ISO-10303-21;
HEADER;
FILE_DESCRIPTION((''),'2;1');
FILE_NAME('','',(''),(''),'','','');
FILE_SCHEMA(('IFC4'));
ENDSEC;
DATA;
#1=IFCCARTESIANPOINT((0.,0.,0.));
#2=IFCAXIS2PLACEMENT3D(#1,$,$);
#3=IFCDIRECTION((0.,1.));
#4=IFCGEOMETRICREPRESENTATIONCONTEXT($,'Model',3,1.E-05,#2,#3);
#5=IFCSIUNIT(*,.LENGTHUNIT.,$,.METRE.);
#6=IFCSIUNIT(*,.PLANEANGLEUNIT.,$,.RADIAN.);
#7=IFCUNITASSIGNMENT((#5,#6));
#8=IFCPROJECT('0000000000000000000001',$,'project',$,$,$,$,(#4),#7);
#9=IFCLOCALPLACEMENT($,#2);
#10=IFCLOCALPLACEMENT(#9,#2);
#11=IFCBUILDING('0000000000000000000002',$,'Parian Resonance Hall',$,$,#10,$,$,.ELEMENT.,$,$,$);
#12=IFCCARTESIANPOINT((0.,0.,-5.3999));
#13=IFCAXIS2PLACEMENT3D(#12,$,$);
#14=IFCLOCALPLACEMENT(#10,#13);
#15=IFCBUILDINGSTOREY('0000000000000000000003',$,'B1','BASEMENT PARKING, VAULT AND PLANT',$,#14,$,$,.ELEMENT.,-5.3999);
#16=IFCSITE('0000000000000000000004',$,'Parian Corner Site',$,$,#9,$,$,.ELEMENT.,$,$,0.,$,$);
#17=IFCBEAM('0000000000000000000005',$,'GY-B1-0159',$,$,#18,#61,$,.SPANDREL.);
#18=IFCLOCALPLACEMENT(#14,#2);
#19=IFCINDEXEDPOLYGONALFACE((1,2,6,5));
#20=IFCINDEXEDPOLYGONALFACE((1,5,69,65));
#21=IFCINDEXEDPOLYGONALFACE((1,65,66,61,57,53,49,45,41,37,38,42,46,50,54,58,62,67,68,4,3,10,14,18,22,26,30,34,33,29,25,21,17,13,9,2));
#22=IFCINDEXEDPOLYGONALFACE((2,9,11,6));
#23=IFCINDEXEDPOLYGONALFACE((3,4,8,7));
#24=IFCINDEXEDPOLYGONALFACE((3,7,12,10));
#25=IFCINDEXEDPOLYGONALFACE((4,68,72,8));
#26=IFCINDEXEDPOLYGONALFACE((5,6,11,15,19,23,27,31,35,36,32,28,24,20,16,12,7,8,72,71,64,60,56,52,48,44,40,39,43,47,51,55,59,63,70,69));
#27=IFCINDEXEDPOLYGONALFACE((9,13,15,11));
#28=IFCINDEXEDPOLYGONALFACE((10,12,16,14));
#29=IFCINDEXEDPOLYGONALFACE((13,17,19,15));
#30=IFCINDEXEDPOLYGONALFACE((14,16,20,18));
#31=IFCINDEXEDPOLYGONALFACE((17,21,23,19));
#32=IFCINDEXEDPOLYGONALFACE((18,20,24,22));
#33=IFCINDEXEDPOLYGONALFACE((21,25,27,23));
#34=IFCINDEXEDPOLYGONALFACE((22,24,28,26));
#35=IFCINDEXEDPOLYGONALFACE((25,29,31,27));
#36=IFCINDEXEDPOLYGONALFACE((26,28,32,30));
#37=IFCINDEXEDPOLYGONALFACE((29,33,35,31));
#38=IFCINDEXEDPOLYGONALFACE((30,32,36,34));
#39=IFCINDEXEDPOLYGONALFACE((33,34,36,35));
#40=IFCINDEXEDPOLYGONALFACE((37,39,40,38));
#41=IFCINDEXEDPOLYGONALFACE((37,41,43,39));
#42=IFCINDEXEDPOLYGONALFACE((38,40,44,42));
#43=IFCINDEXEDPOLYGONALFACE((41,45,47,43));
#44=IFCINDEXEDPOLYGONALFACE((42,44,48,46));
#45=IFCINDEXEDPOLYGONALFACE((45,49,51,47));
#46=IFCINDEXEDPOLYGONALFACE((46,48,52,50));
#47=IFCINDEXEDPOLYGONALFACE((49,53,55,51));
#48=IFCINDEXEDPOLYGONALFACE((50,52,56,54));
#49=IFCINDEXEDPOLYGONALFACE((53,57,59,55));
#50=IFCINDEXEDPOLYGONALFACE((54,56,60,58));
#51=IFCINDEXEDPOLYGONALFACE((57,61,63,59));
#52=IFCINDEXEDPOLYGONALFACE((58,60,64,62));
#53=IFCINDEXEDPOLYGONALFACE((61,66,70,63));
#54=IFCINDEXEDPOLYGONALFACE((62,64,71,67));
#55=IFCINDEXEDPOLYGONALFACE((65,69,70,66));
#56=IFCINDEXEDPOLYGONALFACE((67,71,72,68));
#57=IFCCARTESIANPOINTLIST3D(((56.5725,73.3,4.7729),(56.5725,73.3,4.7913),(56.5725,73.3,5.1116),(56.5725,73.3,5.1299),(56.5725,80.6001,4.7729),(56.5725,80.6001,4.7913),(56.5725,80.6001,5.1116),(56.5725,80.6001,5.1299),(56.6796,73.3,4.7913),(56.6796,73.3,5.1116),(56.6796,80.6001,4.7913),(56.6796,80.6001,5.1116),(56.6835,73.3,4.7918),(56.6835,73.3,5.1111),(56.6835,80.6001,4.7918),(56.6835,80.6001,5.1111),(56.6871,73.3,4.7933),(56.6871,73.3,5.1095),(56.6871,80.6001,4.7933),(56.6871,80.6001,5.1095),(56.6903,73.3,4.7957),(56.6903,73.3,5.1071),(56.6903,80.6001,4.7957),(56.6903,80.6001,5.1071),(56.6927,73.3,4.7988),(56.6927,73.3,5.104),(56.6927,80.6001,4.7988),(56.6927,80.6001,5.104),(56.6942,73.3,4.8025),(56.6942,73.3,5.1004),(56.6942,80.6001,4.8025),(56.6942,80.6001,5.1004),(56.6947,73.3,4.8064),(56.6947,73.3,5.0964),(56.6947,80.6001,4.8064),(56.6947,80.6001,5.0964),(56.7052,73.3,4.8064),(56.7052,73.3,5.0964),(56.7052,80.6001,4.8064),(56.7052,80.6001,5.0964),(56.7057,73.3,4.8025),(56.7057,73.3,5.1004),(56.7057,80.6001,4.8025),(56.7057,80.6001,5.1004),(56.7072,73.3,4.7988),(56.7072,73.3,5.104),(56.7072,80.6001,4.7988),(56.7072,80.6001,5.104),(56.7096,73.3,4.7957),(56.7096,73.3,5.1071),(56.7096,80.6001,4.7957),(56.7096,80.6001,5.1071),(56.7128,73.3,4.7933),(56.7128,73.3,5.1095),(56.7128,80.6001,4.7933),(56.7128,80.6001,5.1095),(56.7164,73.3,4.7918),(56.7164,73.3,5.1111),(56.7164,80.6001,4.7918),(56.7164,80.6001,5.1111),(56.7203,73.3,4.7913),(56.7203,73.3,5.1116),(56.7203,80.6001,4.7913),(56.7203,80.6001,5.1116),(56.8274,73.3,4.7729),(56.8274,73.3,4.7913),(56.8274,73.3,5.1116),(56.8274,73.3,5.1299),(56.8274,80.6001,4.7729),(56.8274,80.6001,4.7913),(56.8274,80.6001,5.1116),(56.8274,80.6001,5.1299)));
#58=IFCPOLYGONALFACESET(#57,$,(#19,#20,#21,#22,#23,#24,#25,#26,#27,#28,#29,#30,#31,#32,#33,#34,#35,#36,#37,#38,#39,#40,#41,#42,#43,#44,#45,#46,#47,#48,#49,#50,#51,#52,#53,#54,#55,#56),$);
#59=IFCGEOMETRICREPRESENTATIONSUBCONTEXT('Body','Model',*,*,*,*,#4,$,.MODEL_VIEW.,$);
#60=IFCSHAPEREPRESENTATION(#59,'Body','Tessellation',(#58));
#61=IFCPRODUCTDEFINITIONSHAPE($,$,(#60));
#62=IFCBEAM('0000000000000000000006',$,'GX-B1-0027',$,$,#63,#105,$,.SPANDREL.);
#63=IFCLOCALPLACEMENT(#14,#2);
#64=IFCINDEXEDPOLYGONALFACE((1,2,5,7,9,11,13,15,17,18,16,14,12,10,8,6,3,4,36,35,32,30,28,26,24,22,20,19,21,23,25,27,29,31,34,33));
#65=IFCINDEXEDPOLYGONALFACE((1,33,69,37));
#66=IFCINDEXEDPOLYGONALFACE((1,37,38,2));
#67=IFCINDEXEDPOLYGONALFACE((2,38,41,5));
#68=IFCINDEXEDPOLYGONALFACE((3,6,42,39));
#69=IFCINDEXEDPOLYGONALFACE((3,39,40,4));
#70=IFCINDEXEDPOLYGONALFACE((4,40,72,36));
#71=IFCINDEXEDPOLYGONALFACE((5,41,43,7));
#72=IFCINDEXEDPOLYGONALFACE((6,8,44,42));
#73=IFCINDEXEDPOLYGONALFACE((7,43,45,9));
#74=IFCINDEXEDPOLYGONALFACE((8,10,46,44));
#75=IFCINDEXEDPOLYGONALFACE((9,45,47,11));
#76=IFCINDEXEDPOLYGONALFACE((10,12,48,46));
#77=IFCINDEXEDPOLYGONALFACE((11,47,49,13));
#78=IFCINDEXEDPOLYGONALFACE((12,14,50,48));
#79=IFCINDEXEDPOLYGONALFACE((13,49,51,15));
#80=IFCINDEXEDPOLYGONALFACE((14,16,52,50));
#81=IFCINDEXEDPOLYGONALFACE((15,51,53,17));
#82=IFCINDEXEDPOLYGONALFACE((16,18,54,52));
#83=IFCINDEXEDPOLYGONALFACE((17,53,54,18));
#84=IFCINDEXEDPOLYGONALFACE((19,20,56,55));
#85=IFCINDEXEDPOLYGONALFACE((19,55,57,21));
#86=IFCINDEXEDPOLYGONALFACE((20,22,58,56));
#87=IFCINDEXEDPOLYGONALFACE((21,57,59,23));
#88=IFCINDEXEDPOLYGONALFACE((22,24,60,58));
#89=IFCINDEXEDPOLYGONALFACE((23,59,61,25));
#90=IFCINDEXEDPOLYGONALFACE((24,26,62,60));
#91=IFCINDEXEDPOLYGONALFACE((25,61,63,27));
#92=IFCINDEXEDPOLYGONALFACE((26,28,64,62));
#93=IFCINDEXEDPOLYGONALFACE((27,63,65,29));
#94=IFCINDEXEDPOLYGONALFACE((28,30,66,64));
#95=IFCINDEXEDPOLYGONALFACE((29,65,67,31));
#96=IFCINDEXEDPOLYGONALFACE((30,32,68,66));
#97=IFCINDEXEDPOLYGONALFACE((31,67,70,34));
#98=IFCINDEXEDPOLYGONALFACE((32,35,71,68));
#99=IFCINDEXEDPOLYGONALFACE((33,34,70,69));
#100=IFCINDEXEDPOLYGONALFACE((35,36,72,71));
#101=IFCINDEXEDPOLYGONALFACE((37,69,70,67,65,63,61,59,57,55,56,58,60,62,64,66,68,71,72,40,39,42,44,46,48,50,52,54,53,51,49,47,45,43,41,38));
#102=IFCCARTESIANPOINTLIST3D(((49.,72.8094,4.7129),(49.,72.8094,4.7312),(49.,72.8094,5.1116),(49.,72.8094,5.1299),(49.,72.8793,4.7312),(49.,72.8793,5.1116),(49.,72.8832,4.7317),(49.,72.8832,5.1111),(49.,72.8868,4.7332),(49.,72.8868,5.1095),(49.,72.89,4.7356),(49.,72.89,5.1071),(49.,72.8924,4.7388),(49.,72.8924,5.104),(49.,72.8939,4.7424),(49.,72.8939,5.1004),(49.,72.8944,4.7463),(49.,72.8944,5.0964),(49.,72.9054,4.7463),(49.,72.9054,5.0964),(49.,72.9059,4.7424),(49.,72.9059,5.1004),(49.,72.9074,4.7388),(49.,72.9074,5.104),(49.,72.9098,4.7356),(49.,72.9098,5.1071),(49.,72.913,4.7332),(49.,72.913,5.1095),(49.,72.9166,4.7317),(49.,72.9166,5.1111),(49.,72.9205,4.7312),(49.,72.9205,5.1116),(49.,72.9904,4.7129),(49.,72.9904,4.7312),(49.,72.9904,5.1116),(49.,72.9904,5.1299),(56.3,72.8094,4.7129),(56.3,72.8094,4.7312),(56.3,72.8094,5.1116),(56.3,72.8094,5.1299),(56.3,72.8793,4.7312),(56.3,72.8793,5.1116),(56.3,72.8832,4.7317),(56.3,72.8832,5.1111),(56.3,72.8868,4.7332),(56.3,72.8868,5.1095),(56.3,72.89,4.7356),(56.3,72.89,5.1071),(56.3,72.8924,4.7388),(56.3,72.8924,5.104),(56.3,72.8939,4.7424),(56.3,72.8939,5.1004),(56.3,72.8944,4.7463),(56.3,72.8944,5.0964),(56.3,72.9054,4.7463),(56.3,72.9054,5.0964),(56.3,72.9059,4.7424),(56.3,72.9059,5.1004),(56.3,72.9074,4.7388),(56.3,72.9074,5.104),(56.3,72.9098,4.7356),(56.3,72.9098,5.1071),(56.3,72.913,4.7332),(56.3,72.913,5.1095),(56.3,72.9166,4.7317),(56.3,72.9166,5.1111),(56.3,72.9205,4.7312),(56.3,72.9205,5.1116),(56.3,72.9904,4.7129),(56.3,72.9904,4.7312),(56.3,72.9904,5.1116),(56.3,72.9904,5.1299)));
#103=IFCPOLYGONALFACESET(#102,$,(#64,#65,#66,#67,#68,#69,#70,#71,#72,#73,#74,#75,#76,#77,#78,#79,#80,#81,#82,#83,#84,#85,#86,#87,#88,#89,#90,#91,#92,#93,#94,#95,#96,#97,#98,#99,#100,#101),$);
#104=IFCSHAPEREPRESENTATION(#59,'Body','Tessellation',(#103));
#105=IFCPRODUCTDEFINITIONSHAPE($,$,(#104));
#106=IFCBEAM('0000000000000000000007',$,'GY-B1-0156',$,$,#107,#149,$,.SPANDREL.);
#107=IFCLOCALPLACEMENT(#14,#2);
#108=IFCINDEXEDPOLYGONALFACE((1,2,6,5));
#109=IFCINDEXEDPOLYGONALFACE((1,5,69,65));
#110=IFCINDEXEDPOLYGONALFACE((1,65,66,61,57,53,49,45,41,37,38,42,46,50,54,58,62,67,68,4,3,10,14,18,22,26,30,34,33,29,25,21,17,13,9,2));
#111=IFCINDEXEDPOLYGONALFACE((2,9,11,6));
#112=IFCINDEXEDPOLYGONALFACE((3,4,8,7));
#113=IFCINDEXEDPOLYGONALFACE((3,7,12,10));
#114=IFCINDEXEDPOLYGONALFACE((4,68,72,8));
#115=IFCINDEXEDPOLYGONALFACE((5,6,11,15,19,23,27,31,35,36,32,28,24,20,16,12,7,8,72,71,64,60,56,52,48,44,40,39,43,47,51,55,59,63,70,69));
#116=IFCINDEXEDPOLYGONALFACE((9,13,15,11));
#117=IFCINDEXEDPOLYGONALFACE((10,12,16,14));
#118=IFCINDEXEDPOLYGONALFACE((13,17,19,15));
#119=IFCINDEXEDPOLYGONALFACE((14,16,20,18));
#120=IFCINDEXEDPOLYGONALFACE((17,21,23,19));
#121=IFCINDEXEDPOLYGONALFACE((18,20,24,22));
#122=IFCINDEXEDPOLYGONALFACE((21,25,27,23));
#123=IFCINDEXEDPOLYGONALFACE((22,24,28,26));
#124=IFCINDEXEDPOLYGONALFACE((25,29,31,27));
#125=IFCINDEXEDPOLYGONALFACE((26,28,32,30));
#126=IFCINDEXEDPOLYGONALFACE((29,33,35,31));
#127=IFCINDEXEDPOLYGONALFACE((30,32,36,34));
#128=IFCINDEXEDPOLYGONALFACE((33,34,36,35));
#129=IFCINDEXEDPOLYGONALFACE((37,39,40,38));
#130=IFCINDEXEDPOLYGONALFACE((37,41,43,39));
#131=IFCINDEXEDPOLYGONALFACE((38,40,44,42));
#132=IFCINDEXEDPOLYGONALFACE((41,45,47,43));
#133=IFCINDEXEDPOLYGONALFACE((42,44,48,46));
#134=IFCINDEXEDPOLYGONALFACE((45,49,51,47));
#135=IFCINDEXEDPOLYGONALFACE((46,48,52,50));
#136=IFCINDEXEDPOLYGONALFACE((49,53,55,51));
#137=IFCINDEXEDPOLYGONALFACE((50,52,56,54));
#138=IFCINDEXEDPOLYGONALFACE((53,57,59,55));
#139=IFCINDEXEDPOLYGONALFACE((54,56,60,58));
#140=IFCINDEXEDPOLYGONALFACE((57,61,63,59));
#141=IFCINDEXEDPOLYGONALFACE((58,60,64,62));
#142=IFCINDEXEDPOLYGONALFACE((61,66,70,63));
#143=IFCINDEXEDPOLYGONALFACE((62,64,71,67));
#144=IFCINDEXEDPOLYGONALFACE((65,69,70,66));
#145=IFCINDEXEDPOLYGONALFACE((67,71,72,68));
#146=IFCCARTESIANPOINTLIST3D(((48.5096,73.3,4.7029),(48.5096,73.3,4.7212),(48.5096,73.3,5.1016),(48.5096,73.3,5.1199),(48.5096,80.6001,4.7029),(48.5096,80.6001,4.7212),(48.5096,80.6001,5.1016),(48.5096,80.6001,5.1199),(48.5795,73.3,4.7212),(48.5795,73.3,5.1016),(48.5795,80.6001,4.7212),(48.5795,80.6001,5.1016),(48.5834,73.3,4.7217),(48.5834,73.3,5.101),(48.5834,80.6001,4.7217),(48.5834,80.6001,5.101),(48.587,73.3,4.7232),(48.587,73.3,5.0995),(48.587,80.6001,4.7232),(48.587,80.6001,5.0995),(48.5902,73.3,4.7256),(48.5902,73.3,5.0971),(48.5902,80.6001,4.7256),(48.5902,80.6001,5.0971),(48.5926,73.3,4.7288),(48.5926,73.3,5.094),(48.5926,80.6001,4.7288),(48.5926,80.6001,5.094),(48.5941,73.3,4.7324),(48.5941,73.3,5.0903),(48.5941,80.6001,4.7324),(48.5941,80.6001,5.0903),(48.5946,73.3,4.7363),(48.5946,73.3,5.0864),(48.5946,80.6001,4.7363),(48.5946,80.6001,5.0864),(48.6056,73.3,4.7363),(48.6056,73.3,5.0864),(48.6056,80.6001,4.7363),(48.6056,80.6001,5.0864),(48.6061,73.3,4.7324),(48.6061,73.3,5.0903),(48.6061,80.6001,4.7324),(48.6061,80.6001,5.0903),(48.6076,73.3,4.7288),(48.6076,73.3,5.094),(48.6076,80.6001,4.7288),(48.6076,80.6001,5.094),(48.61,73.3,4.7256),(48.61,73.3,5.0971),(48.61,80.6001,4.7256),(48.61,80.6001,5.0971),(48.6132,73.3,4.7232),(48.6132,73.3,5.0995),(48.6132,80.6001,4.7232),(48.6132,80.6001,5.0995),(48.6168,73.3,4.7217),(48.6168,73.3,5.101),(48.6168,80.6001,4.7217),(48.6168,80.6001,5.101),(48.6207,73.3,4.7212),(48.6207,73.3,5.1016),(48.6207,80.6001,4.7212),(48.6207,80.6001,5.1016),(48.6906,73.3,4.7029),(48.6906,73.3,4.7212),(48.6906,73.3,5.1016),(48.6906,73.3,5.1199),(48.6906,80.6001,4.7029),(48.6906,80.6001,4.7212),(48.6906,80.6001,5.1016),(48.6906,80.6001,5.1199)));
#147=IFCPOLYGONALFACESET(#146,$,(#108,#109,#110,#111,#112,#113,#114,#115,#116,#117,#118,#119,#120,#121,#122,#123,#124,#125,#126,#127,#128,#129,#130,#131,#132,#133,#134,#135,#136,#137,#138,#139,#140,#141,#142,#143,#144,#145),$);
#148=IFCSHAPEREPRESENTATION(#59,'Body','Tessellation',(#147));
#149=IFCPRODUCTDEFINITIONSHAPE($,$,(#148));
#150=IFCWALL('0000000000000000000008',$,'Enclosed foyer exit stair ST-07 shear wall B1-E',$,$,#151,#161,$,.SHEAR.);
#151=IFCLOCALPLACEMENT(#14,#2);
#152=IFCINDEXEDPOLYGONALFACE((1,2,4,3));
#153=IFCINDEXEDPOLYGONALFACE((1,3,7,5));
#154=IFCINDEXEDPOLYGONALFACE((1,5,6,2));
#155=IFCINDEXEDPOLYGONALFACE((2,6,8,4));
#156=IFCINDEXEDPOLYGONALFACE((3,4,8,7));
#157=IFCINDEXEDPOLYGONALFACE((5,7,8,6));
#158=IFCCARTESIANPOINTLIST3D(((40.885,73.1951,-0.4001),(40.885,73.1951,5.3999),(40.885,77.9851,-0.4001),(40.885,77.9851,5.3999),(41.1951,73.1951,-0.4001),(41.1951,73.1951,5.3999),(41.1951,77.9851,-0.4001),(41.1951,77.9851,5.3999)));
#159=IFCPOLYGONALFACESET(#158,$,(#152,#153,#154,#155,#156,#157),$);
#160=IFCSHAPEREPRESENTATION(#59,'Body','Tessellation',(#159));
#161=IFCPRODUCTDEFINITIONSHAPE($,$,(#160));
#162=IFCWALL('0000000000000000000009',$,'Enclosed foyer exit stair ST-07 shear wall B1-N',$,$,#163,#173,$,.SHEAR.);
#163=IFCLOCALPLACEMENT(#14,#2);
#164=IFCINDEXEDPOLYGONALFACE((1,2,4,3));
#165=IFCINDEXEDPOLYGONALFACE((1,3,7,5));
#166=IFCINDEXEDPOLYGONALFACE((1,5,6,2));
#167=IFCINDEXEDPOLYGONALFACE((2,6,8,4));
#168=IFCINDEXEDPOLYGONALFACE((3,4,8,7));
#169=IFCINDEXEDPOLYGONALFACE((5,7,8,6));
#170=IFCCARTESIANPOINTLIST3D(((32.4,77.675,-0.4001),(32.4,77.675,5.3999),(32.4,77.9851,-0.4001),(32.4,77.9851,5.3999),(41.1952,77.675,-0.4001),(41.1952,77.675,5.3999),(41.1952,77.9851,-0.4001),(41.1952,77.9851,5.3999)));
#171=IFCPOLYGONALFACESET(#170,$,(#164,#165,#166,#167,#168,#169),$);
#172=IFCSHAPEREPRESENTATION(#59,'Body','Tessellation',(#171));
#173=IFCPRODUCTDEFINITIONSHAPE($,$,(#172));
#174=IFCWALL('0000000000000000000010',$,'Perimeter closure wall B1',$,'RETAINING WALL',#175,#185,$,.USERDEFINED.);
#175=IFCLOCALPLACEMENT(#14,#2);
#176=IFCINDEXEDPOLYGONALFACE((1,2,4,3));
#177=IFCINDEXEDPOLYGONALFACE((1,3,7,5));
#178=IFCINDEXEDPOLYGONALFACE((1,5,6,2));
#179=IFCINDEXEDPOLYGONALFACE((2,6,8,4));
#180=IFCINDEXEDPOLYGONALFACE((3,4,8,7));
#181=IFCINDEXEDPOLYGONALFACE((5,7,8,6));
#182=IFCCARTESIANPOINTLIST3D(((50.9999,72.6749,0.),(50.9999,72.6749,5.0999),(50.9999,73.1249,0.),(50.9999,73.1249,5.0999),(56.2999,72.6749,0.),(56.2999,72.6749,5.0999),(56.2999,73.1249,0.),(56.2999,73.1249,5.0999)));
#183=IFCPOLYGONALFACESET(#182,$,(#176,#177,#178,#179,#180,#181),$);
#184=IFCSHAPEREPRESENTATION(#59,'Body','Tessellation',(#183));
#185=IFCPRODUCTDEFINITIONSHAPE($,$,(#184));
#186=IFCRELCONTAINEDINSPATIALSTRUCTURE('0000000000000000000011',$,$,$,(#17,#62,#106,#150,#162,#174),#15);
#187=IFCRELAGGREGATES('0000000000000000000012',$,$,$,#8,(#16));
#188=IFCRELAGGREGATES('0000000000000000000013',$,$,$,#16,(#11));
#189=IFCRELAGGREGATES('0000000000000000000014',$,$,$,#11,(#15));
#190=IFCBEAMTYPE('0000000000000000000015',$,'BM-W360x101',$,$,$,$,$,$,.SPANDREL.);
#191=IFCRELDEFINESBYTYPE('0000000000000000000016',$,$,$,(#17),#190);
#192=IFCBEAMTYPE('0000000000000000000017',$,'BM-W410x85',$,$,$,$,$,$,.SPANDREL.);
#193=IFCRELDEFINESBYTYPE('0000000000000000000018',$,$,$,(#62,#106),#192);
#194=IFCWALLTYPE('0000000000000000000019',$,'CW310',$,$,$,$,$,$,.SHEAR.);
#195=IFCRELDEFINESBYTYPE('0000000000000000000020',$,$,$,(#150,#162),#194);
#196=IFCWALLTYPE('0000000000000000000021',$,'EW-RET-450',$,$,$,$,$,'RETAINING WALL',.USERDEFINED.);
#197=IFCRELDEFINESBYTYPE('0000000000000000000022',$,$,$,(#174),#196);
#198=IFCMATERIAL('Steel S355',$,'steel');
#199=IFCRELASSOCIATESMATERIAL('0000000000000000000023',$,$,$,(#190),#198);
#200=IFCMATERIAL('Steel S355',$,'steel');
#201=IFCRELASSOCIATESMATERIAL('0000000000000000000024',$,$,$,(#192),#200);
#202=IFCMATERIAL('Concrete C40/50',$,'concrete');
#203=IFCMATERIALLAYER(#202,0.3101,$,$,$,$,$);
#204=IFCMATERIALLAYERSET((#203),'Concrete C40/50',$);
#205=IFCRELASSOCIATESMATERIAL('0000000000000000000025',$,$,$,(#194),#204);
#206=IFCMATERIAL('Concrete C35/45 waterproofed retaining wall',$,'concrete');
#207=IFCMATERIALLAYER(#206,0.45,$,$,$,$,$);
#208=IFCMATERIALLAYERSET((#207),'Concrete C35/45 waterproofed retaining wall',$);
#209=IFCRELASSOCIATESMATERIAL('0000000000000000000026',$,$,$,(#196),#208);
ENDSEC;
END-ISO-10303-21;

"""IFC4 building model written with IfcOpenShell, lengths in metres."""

from ifc_helpers import new_model, si_unit, direction, frame, frame_2d, origin, origin_2d, place, context, subcontext, project, spatial, rectangle, i_section, extrude, material, layer, layer_set, material_profile, profile_set, type_object, element, save


model = new_model("IFC4")

# Units and contexts
model_context = context("Model", 3, precision=1e-05, world=origin(), true_north=direction((0.0, 1.0)))
body_context = subcontext(model_context, "Body", "Model", "MODEL_VIEW")
ifc_project = project(units=[si_unit("LENGTHUNIT", "METRE"), si_unit("PLANEANGLEUNIT", "RADIAN")], contexts=[model_context])

# Site, building, storey
site_placement = place(None, origin())
site = spatial("IfcSite", under=ifc_project, at=site_placement, Name="Parian Corner Site", CompositionType="ELEMENT", RefElevation=0.0)
building_placement = place(site_placement, origin())
building = spatial("IfcBuilding", under=site, at=building_placement, Name="Parian Resonance Hall", CompositionType="ELEMENT")
storey_placement = place(building_placement, frame((0.0, 0.0, -5.3999)))
storey = spatial("IfcBuildingStorey", under=building, at=storey_placement, Name="B1", Description="BASEMENT PARKING, VAULT AND PLANT", CompositionType="ELEMENT", Elevation=-5.3999)

# Beams
ifc_material_1 = material(Name="Steel S355", Category="steel")
ifc_material_profile_1 = material_profile(ifc_material_1, i_section(OverallWidth=0.2549, OverallDepth=0.3569, WebThickness=0.0105, FlangeThickness=0.0183, FilletRadius=0.0151, at=origin_2d()), Name="W360x101")
ifc_profile_set_1 = profile_set([ifc_material_profile_1], Name="Steel S355")
beam_type_1 = type_object("IfcBeamType", Name="BM-W360x101", PredefinedType="SPANDREL", material=ifc_profile_set_1)
beam_placement = place(storey_placement, frame((56.7, 73.3, 4.9514), z_axis=(0.0, 1.0, 0.0), x_axis=(-1.0, 0.0, 0.0)))
element("IfcBeam", 1, at=beam_placement, inside=storey, type_object=beam_type_1, Name="GY-B1-0159", PredefinedType="SPANDREL", context=body_context, shape_type="SweptSolid", body=[
    extrude(i_section(OverallWidth=0.2549, OverallDepth=0.3569, WebThickness=0.0105, FlangeThickness=0.0183, FilletRadius=0.0151, at=origin_2d()), origin(), (0.0, 0.0, 1.0), 7.3),
])
ifc_material_2 = material(Name="Steel S355", Category="steel")
ifc_material_profile_2 = material_profile(ifc_material_2, i_section(OverallWidth=0.1809, OverallDepth=0.417, WebThickness=0.011, FlangeThickness=0.0183, FilletRadius=0.0151, at=origin_2d()), Name="W410x85")
ifc_profile_set_2 = profile_set([ifc_material_profile_2], Name="Steel S355")
beam_type_2 = type_object("IfcBeamType", Name="BM-W410x85", PredefinedType="SPANDREL", material=ifc_profile_set_2)
for number, where, z_axis, x_axis, name in (
    (2, (49.0, 72.8999, 4.9214), (1.0, 0.0, 0.0), (0.0, 1.0, 0.0), "GX-B1-0027"),
    (3, (48.6001, 73.3, 4.9114), (0.0, 1.0, 0.0), (-1.0, 0.0, 0.0), "GY-B1-0156"),
):
    element("IfcBeam", number, at=place(storey_placement, frame(where, z_axis=z_axis, x_axis=x_axis)), inside=storey, type_object=beam_type_2, Name=name, PredefinedType="SPANDREL", context=body_context, shape_type="SweptSolid", body=[
        extrude(i_section(OverallWidth=0.1809, OverallDepth=0.417, WebThickness=0.011, FlangeThickness=0.0183, FilletRadius=0.0151, at=origin_2d()), origin(), (0.0, 0.0, 1.0), 7.3),
    ])

# Walls
ifc_material_3 = material(Name="Concrete C40/50", Category="concrete")
ifc_layer_1 = layer(ifc_material_3, 0.3101)
ifc_layer_set_1 = layer_set([ifc_layer_1], Name="Concrete C40/50")
wall_type_1 = type_object("IfcWallType", Name="CW310", PredefinedType="SHEAR", material=ifc_layer_set_1)
wall_1_placement = place(storey_placement, frame((41.04, 73.1951, -0.4001), z_axis=(0.0, 0.0, 1.0), x_axis=(0.0, 1.0, 0.0)))
element("IfcWall", 4, at=wall_1_placement, inside=storey, type_object=wall_type_1, Name="Enclosed foyer exit stair ST-07 shear wall B1-E", PredefinedType="SHEAR", context=body_context, shape_type="SweptSolid", body=[
    extrude(rectangle(XDim=4.79, YDim=0.3101, at=frame_2d((2.395, 0.0))), origin(), (0.0, 0.0, 1.0), 5.8),
])
wall_2_placement = place(storey_placement, frame((41.1951, 77.8301, -0.4001), z_axis=(0.0, 0.0, 1.0), x_axis=(-1.0, 0.0, 0.0)))
element("IfcWall", 5, at=wall_2_placement, inside=storey, type_object=wall_type_1, Name="Enclosed foyer exit stair ST-07 shear wall B1-N", PredefinedType="SHEAR", context=body_context, shape_type="SweptSolid", body=[
    extrude(rectangle(XDim=8.7952, YDim=0.3101, at=frame_2d((4.3975, 0.0))), origin(), (0.0, 0.0, 1.0), 5.8),
])
ifc_material_4 = material(Name="Concrete C35/45 waterproofed retaining wall", Category="concrete")
ifc_layer_2 = layer(ifc_material_4, 0.45)
ifc_layer_set_2 = layer_set([ifc_layer_2], Name="Concrete C35/45 waterproofed retaining wall")
wall_type_2 = type_object("IfcWallType", Name="EW-RET-450", ElementType="RETAINING WALL", PredefinedType="USERDEFINED", material=ifc_layer_set_2)
wall_3_placement = place(storey_placement, frame((51.0, 72.8999, 0.0), z_axis=(0.0, 0.0, 1.0), x_axis=(1.0, 0.0, 0.0)))
element("IfcWall", 6, at=wall_3_placement, inside=storey, type_object=wall_type_2, Name="Perimeter closure wall B1", ObjectType="RETAINING WALL", PredefinedType="USERDEFINED", context=body_context, shape_type="SweptSolid", body=[
    extrude(rectangle(XDim=5.3, YDim=0.45, at=frame_2d((2.6499, 0.0))), origin(), (0.0, 0.0, 1.0), 5.0999),
])

save(model, "model.ifc")
